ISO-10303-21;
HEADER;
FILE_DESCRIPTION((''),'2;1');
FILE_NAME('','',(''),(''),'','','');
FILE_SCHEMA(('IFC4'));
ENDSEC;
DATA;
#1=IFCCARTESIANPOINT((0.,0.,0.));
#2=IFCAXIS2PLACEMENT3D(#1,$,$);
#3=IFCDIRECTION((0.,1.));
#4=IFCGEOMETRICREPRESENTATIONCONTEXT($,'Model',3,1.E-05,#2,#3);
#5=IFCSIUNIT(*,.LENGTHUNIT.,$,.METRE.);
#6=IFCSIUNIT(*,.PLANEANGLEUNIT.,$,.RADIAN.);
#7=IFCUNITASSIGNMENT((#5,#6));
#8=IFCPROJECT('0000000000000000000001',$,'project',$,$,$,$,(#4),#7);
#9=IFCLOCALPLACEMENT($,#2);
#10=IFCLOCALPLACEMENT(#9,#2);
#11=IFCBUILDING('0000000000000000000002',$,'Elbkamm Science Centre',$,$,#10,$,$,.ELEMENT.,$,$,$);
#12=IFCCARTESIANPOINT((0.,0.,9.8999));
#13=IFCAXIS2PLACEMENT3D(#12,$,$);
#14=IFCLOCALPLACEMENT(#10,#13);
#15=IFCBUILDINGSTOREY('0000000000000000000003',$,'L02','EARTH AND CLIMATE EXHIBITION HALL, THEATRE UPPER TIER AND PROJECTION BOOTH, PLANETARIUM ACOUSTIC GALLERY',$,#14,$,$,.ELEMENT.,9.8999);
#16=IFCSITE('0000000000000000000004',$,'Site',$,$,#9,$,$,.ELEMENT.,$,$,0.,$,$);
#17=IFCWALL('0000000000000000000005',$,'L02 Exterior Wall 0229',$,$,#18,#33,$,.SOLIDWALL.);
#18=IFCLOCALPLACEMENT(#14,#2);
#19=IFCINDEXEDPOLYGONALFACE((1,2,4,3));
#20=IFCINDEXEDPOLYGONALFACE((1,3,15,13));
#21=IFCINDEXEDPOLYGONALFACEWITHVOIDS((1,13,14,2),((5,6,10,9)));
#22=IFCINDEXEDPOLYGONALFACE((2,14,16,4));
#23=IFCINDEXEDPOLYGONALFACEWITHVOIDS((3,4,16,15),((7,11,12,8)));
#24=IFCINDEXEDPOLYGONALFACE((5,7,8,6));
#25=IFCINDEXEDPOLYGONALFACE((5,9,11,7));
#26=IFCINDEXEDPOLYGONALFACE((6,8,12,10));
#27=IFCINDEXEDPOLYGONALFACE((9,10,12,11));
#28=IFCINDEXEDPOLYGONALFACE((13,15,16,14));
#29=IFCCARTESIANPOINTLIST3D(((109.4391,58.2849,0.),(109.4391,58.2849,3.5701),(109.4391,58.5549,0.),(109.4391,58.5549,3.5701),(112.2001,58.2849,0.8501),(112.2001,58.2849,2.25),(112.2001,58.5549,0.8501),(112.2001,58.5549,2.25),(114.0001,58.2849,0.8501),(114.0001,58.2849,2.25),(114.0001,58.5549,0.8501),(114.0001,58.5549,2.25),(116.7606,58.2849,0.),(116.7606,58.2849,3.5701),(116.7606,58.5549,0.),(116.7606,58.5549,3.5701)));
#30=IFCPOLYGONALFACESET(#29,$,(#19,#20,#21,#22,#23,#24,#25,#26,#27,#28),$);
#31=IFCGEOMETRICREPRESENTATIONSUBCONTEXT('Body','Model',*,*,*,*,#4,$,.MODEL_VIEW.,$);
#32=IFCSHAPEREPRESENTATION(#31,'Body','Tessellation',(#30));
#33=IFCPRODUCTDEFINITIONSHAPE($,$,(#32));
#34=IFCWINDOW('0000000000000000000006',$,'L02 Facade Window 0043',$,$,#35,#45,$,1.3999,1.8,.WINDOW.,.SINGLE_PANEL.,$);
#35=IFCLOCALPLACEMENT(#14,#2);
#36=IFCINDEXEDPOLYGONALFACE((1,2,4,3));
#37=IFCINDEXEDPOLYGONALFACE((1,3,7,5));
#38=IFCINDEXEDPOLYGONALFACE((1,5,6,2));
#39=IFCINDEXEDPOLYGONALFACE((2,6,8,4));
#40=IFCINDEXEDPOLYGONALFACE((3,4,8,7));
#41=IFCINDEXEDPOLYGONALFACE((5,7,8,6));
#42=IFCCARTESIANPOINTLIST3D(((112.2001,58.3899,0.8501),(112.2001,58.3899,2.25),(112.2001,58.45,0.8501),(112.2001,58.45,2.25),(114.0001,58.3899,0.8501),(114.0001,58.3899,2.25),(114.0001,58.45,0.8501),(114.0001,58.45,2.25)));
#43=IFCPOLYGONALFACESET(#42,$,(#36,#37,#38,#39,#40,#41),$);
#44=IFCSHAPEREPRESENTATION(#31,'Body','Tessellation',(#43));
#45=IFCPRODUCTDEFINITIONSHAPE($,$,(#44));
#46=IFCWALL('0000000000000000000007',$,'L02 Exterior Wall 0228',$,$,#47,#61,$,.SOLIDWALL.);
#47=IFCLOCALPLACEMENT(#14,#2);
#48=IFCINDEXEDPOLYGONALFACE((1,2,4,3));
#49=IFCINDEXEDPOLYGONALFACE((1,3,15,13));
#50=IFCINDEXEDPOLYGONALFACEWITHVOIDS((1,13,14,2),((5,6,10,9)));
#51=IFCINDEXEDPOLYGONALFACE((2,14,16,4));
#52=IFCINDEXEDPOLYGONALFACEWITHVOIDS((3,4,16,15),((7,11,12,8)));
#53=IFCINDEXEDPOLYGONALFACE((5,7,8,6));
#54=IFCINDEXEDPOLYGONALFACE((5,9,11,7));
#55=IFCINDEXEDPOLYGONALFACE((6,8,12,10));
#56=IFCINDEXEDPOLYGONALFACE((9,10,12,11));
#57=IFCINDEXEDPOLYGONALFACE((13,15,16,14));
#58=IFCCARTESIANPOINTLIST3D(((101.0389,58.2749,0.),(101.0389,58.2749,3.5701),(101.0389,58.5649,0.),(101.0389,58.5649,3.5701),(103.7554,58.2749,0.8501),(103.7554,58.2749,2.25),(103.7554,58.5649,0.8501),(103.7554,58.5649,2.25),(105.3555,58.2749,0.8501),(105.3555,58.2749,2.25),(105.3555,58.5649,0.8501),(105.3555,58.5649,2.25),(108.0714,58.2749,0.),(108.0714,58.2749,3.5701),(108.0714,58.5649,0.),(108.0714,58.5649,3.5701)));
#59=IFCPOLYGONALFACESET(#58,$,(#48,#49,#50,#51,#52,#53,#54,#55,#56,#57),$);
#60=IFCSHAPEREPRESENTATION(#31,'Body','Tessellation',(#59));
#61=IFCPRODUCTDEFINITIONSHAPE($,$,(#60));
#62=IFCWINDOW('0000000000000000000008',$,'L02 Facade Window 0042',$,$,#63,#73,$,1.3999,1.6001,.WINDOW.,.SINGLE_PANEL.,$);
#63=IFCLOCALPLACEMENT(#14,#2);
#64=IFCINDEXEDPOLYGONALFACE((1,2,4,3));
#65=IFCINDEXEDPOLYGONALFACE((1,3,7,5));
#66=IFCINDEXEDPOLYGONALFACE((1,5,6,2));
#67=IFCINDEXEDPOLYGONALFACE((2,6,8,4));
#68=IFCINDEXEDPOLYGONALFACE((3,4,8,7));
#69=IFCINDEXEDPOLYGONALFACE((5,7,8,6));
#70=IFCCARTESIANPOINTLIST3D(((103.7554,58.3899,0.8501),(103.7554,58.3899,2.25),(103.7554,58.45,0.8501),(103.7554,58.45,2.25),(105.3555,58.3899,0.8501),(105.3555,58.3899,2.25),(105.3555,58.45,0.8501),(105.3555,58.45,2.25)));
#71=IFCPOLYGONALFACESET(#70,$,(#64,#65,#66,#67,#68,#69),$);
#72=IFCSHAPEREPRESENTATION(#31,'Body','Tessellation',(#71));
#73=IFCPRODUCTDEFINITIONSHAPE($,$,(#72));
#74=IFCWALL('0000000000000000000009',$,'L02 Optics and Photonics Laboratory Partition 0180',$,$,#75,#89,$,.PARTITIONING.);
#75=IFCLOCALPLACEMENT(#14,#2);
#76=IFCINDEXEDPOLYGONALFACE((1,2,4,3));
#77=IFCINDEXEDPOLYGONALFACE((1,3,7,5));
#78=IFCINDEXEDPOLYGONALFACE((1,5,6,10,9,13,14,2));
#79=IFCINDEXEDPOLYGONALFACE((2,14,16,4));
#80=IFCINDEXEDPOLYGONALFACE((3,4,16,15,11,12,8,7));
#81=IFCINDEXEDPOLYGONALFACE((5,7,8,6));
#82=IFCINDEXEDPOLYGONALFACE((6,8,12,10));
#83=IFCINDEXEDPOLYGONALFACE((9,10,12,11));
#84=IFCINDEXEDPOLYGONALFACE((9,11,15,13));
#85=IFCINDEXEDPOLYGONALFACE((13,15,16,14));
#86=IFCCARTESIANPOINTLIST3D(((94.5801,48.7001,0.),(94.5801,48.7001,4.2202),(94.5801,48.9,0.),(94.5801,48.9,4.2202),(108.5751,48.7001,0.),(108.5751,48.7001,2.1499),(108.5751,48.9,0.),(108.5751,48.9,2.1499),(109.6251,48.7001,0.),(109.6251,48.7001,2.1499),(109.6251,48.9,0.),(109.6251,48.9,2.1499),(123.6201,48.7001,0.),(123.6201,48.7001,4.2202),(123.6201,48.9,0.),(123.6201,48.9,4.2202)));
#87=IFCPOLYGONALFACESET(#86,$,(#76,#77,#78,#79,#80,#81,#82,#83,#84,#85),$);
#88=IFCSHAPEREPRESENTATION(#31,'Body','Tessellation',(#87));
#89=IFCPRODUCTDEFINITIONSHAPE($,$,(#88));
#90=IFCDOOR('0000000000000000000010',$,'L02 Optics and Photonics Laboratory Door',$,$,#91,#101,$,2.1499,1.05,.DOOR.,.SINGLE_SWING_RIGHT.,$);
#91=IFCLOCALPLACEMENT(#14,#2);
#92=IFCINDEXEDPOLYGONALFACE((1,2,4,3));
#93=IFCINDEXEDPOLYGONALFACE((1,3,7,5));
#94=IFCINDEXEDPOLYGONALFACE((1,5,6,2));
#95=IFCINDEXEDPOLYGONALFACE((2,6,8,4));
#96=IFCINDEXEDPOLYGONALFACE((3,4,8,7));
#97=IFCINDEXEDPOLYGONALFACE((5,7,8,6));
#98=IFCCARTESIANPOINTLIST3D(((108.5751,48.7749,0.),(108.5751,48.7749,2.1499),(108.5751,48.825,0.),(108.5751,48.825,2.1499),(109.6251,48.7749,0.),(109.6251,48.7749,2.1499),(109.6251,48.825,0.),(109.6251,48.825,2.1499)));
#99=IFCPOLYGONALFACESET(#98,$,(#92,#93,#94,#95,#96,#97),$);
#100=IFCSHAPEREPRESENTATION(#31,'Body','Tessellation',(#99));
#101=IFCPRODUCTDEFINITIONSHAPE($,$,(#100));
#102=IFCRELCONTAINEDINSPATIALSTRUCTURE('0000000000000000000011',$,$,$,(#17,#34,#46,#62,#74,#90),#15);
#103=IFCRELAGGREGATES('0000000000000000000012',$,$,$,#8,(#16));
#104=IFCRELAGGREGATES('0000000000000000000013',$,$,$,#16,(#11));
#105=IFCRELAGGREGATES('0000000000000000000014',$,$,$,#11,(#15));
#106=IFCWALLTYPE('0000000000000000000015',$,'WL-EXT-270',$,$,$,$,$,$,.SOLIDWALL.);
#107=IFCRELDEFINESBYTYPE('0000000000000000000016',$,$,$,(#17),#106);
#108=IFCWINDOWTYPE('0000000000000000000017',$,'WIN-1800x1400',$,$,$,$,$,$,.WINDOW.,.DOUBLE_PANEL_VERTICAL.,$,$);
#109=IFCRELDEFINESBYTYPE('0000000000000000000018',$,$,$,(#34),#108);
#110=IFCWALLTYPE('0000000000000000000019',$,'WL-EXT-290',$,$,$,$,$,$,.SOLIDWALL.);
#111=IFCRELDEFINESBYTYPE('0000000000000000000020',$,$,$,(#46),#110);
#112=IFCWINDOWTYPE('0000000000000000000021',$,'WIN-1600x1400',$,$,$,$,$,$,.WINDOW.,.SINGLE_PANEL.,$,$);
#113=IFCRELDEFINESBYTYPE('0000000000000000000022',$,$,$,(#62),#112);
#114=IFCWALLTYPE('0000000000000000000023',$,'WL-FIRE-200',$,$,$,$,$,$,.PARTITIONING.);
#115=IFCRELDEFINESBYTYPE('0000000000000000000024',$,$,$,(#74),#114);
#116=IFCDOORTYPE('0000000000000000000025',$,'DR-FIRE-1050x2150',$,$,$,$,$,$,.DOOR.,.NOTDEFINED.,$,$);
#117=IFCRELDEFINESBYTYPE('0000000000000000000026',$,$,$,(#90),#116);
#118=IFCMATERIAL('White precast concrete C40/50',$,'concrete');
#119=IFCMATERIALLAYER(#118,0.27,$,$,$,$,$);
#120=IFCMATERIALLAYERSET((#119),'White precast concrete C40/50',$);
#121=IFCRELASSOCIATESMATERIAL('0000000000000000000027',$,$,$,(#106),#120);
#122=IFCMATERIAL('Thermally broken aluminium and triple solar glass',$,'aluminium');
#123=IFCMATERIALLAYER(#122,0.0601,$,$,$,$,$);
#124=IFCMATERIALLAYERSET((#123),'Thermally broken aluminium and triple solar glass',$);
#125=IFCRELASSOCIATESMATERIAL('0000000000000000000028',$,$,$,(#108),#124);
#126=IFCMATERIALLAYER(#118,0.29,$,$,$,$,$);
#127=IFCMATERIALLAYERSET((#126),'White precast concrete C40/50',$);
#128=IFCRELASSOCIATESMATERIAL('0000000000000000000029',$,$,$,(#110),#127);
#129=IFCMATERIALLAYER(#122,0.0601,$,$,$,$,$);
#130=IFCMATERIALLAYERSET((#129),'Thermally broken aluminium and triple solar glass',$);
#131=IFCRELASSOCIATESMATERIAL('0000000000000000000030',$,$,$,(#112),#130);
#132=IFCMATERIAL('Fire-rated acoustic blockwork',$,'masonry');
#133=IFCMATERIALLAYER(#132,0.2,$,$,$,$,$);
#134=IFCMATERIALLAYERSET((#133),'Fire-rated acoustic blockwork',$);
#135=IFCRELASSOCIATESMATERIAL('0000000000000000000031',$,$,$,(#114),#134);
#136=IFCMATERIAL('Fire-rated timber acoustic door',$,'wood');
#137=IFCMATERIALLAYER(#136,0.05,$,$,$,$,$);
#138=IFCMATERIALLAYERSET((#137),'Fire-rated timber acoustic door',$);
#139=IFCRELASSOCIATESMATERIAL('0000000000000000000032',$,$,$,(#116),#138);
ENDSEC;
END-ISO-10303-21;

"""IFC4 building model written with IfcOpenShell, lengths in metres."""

from ifc_helpers import new_model, si_unit, direction, frame, frame_2d, origin, place, context, subcontext, project, spatial, rectangle, extrude, material, layer, layer_set, type_object, element, fill, save


model = new_model("IFC4")

# Units and contexts
model_context = context("Model", 3, precision=1e-05, world=origin(), true_north=direction((0.0, 1.0)))
body_context = subcontext(model_context, "Body", "Model", "MODEL_VIEW")
ifc_project = project(units=[si_unit("LENGTHUNIT", "METRE"), si_unit("PLANEANGLEUNIT", "RADIAN")], contexts=[model_context])

# Site, building, storey
site_placement = place(None, origin())
site = spatial("IfcSite", under=ifc_project, at=site_placement, Name="Site", CompositionType="ELEMENT", RefElevation=0.0)
building_placement = place(site_placement, origin())
building = spatial("IfcBuilding", under=site, at=building_placement, Name="Elbkamm Science Centre", CompositionType="ELEMENT")
storey_placement = place(building_placement, frame((0.0, 0.0, 9.8999)))
storey = spatial("IfcBuildingStorey", under=building, at=storey_placement, Name="L02", Description="EARTH AND CLIMATE EXHIBITION HALL, THEATRE UPPER TIER AND PROJECTION BOOTH, PLANETARIUM ACOUSTIC GALLERY", CompositionType="ELEMENT", Elevation=9.8999)

# Walls, openings, windows
ifc_material_1 = material(Name="White precast concrete C40/50", Category="concrete")
ifc_layer_1 = layer(ifc_material_1, 0.27)
ifc_layer_set_1 = layer_set([ifc_layer_1], Name="White precast concrete C40/50")
wall_type_1 = type_object("IfcWallType", Name="WL-EXT-270", PredefinedType="SOLIDWALL", material=ifc_layer_set_1)
ifc_material_2 = material(Name="Thermally broken aluminium and triple solar glass", Category="aluminium")
wall_1_placement = place(storey_placement, frame((109.4392, 58.4199, 0.0), z_axis=(0.0, 0.0, 1.0), x_axis=(1.0, 0.0, 0.0)))
wall_1 = element("IfcWall", 1, at=wall_1_placement, inside=storey, type_object=wall_type_1, Name="L02 Exterior Wall 0229", PredefinedType="SOLIDWALL", context=body_context, shape_type="SweptSolid", body=[
    extrude(rectangle(XDim=7.3215, YDim=0.27, at=frame_2d((3.6606, 0.0))), origin(), (0.0, 0.0, 1.0), 3.5701),
])
opening_1_placement = place(wall_1_placement, frame((2.761, 0.0, 0.8501)))
opening_1 = element("IfcOpeningElement", 2, at=opening_1_placement, cuts=wall_1, PredefinedType="OPENING", context=body_context, shape_type="SweptSolid", body=[
    extrude(rectangle(XDim=1.8, YDim=1.3999, at=frame_2d((0.8999, 0.7))), frame((0.0, 0.147, 0.0), z_axis=(0.0, -1.0, 0.0), x_axis=(1.0, 0.0, 0.0)), (0.0, 0.0, 1.0), 0.2939),
])
ifc_layer_2 = layer(ifc_material_2, 0.0601)
ifc_layer_set_2 = layer_set([ifc_layer_2], Name="Thermally broken aluminium and triple solar glass")
window_type_1 = type_object("IfcWindowType", Name="WIN-1800x1400", PartitioningType="DOUBLE_PANEL_VERTICAL", PredefinedType="WINDOW", material=ifc_layer_set_2)
window_1_placement = place(opening_1_placement, origin())
window_1 = element("IfcWindow", 3, at=window_1_placement, inside=storey, type_object=window_type_1, Name="L02 Facade Window 0043", OverallHeight=1.3999, OverallWidth=1.8, PartitioningType="SINGLE_PANEL", PredefinedType="WINDOW", context=body_context, shape_type="SweptSolid", body=[
    extrude(rectangle(XDim=1.8, YDim=1.3999, at=frame_2d((0.8999, 0.7))), frame((0.0, 0.03, 0.0), z_axis=(0.0, -1.0, 0.0), x_axis=(1.0, 0.0, 0.0)), (0.0, 0.0, 1.0), 0.0601),
])
fill(opening_1, window_1)
ifc_layer_3 = layer(ifc_material_1, 0.29)
ifc_layer_set_3 = layer_set([ifc_layer_3], Name="White precast concrete C40/50")
wall_type_2 = type_object("IfcWallType", Name="WL-EXT-290", PredefinedType="SOLIDWALL", material=ifc_layer_set_3)
wall_2_placement = place(storey_placement, frame((101.0391, 58.4199, 0.0), z_axis=(0.0, 0.0, 1.0), x_axis=(1.0, 0.0, 0.0)))
wall_2 = element("IfcWall", 4, at=wall_2_placement, inside=storey, type_object=wall_type_2, Name="L02 Exterior Wall 0228", PredefinedType="SOLIDWALL", context=body_context, shape_type="SweptSolid", body=[
    extrude(rectangle(XDim=7.0325, YDim=0.29, at=frame_2d((3.5161, 0.0))), origin(), (0.0, 0.0, 1.0), 3.5701),
])
opening_2_placement = place(wall_2_placement, frame((2.7163, 0.0, 0.8501)))
opening_2 = element("IfcOpeningElement", 5, at=opening_2_placement, cuts=wall_2, PredefinedType="OPENING", context=body_context, shape_type="SweptSolid", body=[
    extrude(rectangle(XDim=1.6001, YDim=1.3999, at=frame_2d((0.8, 0.7))), frame((0.0, 0.157, 0.0), z_axis=(0.0, -1.0, 0.0), x_axis=(1.0, 0.0, 0.0)), (0.0, 0.0, 1.0), 0.314),
])
ifc_layer_4 = layer(ifc_material_2, 0.0601)
ifc_layer_set_4 = layer_set([ifc_layer_4], Name="Thermally broken aluminium and triple solar glass")
window_type_2 = type_object("IfcWindowType", Name="WIN-1600x1400", PartitioningType="SINGLE_PANEL", PredefinedType="WINDOW", material=ifc_layer_set_4)
window_2_placement = place(opening_2_placement, origin())
window_2 = element("IfcWindow", 6, at=window_2_placement, inside=storey, type_object=window_type_2, Name="L02 Facade Window 0042", OverallHeight=1.3999, OverallWidth=1.6001, PartitioningType="SINGLE_PANEL", PredefinedType="WINDOW", context=body_context, shape_type="SweptSolid", body=[
    extrude(rectangle(XDim=1.6001, YDim=1.3999, at=frame_2d((0.8, 0.7))), frame((0.0, 0.03, 0.0), z_axis=(0.0, -1.0, 0.0), x_axis=(1.0, 0.0, 0.0)), (0.0, 0.0, 1.0), 0.0601),
])
fill(opening_2, window_2)

# Wall, opening, door
ifc_material_3 = material(Name="Fire-rated acoustic blockwork", Category="masonry")
ifc_layer_5 = layer(ifc_material_3, 0.2)
ifc_layer_set_5 = layer_set([ifc_layer_5], Name="Fire-rated acoustic blockwork")
wall_type_3 = type_object("IfcWallType", Name="WL-FIRE-200", PredefinedType="PARTITIONING", material=ifc_layer_set_5)
wall_3_placement = place(storey_placement, frame((94.5801, 48.8, 0.0), z_axis=(0.0, 0.0, 1.0), x_axis=(1.0, 0.0, 0.0)))
wall_3 = element("IfcWall", 7, at=wall_3_placement, inside=storey, type_object=wall_type_3, Name="L02 Optics and Photonics Laboratory Partition 0180", PredefinedType="PARTITIONING", context=body_context, shape_type="SweptSolid", body=[
    extrude(rectangle(XDim=29.04, YDim=0.2, at=frame_2d((14.52, 0.0))), origin(), (0.0, 0.0, 1.0), 4.2202),
])
opening_3_placement = place(wall_3_placement, frame((13.9951, 0.0, 0.0)))
opening_3 = element("IfcOpeningElement", 8, at=opening_3_placement, cuts=wall_3, PredefinedType="OPENING", context=body_context, shape_type="SweptSolid", body=[
    extrude(rectangle(XDim=1.05, YDim=2.1499, at=frame_2d((0.5249, 1.075))), frame((0.0, 0.1118, 0.0), z_axis=(0.0, -1.0, 0.0), x_axis=(1.0, 0.0, 0.0)), (0.0, 0.0, 1.0), 0.2239),
])
ifc_material_4 = material(Name="Fire-rated timber acoustic door", Category="wood")
ifc_layer_6 = layer(ifc_material_4, 0.05)
ifc_layer_set_6 = layer_set([ifc_layer_6], Name="Fire-rated timber acoustic door")
door_type = type_object("IfcDoorType", Name="DR-FIRE-1050x2150", OperationType="NOTDEFINED", PredefinedType="DOOR", material=ifc_layer_set_6)
door_placement = place(opening_3_placement, origin())
door = element("IfcDoor", 9, at=door_placement, inside=storey, type_object=door_type, Name="L02 Optics and Photonics Laboratory Door", OperationType="SINGLE_SWING_RIGHT", OverallHeight=2.1499, OverallWidth=1.05, PredefinedType="DOOR", context=body_context, shape_type="SweptSolid", body=[
    extrude(rectangle(XDim=1.05, YDim=2.1499, at=frame_2d((0.5249, 1.075))), frame((0.0, 0.0249, 0.0), z_axis=(0.0, -1.0, 0.0), x_axis=(1.0, 0.0, 0.0)), (0.0, 0.0, 1.0), 0.05),
])
fill(opening_3, door)

save(model, "model.ifc")
